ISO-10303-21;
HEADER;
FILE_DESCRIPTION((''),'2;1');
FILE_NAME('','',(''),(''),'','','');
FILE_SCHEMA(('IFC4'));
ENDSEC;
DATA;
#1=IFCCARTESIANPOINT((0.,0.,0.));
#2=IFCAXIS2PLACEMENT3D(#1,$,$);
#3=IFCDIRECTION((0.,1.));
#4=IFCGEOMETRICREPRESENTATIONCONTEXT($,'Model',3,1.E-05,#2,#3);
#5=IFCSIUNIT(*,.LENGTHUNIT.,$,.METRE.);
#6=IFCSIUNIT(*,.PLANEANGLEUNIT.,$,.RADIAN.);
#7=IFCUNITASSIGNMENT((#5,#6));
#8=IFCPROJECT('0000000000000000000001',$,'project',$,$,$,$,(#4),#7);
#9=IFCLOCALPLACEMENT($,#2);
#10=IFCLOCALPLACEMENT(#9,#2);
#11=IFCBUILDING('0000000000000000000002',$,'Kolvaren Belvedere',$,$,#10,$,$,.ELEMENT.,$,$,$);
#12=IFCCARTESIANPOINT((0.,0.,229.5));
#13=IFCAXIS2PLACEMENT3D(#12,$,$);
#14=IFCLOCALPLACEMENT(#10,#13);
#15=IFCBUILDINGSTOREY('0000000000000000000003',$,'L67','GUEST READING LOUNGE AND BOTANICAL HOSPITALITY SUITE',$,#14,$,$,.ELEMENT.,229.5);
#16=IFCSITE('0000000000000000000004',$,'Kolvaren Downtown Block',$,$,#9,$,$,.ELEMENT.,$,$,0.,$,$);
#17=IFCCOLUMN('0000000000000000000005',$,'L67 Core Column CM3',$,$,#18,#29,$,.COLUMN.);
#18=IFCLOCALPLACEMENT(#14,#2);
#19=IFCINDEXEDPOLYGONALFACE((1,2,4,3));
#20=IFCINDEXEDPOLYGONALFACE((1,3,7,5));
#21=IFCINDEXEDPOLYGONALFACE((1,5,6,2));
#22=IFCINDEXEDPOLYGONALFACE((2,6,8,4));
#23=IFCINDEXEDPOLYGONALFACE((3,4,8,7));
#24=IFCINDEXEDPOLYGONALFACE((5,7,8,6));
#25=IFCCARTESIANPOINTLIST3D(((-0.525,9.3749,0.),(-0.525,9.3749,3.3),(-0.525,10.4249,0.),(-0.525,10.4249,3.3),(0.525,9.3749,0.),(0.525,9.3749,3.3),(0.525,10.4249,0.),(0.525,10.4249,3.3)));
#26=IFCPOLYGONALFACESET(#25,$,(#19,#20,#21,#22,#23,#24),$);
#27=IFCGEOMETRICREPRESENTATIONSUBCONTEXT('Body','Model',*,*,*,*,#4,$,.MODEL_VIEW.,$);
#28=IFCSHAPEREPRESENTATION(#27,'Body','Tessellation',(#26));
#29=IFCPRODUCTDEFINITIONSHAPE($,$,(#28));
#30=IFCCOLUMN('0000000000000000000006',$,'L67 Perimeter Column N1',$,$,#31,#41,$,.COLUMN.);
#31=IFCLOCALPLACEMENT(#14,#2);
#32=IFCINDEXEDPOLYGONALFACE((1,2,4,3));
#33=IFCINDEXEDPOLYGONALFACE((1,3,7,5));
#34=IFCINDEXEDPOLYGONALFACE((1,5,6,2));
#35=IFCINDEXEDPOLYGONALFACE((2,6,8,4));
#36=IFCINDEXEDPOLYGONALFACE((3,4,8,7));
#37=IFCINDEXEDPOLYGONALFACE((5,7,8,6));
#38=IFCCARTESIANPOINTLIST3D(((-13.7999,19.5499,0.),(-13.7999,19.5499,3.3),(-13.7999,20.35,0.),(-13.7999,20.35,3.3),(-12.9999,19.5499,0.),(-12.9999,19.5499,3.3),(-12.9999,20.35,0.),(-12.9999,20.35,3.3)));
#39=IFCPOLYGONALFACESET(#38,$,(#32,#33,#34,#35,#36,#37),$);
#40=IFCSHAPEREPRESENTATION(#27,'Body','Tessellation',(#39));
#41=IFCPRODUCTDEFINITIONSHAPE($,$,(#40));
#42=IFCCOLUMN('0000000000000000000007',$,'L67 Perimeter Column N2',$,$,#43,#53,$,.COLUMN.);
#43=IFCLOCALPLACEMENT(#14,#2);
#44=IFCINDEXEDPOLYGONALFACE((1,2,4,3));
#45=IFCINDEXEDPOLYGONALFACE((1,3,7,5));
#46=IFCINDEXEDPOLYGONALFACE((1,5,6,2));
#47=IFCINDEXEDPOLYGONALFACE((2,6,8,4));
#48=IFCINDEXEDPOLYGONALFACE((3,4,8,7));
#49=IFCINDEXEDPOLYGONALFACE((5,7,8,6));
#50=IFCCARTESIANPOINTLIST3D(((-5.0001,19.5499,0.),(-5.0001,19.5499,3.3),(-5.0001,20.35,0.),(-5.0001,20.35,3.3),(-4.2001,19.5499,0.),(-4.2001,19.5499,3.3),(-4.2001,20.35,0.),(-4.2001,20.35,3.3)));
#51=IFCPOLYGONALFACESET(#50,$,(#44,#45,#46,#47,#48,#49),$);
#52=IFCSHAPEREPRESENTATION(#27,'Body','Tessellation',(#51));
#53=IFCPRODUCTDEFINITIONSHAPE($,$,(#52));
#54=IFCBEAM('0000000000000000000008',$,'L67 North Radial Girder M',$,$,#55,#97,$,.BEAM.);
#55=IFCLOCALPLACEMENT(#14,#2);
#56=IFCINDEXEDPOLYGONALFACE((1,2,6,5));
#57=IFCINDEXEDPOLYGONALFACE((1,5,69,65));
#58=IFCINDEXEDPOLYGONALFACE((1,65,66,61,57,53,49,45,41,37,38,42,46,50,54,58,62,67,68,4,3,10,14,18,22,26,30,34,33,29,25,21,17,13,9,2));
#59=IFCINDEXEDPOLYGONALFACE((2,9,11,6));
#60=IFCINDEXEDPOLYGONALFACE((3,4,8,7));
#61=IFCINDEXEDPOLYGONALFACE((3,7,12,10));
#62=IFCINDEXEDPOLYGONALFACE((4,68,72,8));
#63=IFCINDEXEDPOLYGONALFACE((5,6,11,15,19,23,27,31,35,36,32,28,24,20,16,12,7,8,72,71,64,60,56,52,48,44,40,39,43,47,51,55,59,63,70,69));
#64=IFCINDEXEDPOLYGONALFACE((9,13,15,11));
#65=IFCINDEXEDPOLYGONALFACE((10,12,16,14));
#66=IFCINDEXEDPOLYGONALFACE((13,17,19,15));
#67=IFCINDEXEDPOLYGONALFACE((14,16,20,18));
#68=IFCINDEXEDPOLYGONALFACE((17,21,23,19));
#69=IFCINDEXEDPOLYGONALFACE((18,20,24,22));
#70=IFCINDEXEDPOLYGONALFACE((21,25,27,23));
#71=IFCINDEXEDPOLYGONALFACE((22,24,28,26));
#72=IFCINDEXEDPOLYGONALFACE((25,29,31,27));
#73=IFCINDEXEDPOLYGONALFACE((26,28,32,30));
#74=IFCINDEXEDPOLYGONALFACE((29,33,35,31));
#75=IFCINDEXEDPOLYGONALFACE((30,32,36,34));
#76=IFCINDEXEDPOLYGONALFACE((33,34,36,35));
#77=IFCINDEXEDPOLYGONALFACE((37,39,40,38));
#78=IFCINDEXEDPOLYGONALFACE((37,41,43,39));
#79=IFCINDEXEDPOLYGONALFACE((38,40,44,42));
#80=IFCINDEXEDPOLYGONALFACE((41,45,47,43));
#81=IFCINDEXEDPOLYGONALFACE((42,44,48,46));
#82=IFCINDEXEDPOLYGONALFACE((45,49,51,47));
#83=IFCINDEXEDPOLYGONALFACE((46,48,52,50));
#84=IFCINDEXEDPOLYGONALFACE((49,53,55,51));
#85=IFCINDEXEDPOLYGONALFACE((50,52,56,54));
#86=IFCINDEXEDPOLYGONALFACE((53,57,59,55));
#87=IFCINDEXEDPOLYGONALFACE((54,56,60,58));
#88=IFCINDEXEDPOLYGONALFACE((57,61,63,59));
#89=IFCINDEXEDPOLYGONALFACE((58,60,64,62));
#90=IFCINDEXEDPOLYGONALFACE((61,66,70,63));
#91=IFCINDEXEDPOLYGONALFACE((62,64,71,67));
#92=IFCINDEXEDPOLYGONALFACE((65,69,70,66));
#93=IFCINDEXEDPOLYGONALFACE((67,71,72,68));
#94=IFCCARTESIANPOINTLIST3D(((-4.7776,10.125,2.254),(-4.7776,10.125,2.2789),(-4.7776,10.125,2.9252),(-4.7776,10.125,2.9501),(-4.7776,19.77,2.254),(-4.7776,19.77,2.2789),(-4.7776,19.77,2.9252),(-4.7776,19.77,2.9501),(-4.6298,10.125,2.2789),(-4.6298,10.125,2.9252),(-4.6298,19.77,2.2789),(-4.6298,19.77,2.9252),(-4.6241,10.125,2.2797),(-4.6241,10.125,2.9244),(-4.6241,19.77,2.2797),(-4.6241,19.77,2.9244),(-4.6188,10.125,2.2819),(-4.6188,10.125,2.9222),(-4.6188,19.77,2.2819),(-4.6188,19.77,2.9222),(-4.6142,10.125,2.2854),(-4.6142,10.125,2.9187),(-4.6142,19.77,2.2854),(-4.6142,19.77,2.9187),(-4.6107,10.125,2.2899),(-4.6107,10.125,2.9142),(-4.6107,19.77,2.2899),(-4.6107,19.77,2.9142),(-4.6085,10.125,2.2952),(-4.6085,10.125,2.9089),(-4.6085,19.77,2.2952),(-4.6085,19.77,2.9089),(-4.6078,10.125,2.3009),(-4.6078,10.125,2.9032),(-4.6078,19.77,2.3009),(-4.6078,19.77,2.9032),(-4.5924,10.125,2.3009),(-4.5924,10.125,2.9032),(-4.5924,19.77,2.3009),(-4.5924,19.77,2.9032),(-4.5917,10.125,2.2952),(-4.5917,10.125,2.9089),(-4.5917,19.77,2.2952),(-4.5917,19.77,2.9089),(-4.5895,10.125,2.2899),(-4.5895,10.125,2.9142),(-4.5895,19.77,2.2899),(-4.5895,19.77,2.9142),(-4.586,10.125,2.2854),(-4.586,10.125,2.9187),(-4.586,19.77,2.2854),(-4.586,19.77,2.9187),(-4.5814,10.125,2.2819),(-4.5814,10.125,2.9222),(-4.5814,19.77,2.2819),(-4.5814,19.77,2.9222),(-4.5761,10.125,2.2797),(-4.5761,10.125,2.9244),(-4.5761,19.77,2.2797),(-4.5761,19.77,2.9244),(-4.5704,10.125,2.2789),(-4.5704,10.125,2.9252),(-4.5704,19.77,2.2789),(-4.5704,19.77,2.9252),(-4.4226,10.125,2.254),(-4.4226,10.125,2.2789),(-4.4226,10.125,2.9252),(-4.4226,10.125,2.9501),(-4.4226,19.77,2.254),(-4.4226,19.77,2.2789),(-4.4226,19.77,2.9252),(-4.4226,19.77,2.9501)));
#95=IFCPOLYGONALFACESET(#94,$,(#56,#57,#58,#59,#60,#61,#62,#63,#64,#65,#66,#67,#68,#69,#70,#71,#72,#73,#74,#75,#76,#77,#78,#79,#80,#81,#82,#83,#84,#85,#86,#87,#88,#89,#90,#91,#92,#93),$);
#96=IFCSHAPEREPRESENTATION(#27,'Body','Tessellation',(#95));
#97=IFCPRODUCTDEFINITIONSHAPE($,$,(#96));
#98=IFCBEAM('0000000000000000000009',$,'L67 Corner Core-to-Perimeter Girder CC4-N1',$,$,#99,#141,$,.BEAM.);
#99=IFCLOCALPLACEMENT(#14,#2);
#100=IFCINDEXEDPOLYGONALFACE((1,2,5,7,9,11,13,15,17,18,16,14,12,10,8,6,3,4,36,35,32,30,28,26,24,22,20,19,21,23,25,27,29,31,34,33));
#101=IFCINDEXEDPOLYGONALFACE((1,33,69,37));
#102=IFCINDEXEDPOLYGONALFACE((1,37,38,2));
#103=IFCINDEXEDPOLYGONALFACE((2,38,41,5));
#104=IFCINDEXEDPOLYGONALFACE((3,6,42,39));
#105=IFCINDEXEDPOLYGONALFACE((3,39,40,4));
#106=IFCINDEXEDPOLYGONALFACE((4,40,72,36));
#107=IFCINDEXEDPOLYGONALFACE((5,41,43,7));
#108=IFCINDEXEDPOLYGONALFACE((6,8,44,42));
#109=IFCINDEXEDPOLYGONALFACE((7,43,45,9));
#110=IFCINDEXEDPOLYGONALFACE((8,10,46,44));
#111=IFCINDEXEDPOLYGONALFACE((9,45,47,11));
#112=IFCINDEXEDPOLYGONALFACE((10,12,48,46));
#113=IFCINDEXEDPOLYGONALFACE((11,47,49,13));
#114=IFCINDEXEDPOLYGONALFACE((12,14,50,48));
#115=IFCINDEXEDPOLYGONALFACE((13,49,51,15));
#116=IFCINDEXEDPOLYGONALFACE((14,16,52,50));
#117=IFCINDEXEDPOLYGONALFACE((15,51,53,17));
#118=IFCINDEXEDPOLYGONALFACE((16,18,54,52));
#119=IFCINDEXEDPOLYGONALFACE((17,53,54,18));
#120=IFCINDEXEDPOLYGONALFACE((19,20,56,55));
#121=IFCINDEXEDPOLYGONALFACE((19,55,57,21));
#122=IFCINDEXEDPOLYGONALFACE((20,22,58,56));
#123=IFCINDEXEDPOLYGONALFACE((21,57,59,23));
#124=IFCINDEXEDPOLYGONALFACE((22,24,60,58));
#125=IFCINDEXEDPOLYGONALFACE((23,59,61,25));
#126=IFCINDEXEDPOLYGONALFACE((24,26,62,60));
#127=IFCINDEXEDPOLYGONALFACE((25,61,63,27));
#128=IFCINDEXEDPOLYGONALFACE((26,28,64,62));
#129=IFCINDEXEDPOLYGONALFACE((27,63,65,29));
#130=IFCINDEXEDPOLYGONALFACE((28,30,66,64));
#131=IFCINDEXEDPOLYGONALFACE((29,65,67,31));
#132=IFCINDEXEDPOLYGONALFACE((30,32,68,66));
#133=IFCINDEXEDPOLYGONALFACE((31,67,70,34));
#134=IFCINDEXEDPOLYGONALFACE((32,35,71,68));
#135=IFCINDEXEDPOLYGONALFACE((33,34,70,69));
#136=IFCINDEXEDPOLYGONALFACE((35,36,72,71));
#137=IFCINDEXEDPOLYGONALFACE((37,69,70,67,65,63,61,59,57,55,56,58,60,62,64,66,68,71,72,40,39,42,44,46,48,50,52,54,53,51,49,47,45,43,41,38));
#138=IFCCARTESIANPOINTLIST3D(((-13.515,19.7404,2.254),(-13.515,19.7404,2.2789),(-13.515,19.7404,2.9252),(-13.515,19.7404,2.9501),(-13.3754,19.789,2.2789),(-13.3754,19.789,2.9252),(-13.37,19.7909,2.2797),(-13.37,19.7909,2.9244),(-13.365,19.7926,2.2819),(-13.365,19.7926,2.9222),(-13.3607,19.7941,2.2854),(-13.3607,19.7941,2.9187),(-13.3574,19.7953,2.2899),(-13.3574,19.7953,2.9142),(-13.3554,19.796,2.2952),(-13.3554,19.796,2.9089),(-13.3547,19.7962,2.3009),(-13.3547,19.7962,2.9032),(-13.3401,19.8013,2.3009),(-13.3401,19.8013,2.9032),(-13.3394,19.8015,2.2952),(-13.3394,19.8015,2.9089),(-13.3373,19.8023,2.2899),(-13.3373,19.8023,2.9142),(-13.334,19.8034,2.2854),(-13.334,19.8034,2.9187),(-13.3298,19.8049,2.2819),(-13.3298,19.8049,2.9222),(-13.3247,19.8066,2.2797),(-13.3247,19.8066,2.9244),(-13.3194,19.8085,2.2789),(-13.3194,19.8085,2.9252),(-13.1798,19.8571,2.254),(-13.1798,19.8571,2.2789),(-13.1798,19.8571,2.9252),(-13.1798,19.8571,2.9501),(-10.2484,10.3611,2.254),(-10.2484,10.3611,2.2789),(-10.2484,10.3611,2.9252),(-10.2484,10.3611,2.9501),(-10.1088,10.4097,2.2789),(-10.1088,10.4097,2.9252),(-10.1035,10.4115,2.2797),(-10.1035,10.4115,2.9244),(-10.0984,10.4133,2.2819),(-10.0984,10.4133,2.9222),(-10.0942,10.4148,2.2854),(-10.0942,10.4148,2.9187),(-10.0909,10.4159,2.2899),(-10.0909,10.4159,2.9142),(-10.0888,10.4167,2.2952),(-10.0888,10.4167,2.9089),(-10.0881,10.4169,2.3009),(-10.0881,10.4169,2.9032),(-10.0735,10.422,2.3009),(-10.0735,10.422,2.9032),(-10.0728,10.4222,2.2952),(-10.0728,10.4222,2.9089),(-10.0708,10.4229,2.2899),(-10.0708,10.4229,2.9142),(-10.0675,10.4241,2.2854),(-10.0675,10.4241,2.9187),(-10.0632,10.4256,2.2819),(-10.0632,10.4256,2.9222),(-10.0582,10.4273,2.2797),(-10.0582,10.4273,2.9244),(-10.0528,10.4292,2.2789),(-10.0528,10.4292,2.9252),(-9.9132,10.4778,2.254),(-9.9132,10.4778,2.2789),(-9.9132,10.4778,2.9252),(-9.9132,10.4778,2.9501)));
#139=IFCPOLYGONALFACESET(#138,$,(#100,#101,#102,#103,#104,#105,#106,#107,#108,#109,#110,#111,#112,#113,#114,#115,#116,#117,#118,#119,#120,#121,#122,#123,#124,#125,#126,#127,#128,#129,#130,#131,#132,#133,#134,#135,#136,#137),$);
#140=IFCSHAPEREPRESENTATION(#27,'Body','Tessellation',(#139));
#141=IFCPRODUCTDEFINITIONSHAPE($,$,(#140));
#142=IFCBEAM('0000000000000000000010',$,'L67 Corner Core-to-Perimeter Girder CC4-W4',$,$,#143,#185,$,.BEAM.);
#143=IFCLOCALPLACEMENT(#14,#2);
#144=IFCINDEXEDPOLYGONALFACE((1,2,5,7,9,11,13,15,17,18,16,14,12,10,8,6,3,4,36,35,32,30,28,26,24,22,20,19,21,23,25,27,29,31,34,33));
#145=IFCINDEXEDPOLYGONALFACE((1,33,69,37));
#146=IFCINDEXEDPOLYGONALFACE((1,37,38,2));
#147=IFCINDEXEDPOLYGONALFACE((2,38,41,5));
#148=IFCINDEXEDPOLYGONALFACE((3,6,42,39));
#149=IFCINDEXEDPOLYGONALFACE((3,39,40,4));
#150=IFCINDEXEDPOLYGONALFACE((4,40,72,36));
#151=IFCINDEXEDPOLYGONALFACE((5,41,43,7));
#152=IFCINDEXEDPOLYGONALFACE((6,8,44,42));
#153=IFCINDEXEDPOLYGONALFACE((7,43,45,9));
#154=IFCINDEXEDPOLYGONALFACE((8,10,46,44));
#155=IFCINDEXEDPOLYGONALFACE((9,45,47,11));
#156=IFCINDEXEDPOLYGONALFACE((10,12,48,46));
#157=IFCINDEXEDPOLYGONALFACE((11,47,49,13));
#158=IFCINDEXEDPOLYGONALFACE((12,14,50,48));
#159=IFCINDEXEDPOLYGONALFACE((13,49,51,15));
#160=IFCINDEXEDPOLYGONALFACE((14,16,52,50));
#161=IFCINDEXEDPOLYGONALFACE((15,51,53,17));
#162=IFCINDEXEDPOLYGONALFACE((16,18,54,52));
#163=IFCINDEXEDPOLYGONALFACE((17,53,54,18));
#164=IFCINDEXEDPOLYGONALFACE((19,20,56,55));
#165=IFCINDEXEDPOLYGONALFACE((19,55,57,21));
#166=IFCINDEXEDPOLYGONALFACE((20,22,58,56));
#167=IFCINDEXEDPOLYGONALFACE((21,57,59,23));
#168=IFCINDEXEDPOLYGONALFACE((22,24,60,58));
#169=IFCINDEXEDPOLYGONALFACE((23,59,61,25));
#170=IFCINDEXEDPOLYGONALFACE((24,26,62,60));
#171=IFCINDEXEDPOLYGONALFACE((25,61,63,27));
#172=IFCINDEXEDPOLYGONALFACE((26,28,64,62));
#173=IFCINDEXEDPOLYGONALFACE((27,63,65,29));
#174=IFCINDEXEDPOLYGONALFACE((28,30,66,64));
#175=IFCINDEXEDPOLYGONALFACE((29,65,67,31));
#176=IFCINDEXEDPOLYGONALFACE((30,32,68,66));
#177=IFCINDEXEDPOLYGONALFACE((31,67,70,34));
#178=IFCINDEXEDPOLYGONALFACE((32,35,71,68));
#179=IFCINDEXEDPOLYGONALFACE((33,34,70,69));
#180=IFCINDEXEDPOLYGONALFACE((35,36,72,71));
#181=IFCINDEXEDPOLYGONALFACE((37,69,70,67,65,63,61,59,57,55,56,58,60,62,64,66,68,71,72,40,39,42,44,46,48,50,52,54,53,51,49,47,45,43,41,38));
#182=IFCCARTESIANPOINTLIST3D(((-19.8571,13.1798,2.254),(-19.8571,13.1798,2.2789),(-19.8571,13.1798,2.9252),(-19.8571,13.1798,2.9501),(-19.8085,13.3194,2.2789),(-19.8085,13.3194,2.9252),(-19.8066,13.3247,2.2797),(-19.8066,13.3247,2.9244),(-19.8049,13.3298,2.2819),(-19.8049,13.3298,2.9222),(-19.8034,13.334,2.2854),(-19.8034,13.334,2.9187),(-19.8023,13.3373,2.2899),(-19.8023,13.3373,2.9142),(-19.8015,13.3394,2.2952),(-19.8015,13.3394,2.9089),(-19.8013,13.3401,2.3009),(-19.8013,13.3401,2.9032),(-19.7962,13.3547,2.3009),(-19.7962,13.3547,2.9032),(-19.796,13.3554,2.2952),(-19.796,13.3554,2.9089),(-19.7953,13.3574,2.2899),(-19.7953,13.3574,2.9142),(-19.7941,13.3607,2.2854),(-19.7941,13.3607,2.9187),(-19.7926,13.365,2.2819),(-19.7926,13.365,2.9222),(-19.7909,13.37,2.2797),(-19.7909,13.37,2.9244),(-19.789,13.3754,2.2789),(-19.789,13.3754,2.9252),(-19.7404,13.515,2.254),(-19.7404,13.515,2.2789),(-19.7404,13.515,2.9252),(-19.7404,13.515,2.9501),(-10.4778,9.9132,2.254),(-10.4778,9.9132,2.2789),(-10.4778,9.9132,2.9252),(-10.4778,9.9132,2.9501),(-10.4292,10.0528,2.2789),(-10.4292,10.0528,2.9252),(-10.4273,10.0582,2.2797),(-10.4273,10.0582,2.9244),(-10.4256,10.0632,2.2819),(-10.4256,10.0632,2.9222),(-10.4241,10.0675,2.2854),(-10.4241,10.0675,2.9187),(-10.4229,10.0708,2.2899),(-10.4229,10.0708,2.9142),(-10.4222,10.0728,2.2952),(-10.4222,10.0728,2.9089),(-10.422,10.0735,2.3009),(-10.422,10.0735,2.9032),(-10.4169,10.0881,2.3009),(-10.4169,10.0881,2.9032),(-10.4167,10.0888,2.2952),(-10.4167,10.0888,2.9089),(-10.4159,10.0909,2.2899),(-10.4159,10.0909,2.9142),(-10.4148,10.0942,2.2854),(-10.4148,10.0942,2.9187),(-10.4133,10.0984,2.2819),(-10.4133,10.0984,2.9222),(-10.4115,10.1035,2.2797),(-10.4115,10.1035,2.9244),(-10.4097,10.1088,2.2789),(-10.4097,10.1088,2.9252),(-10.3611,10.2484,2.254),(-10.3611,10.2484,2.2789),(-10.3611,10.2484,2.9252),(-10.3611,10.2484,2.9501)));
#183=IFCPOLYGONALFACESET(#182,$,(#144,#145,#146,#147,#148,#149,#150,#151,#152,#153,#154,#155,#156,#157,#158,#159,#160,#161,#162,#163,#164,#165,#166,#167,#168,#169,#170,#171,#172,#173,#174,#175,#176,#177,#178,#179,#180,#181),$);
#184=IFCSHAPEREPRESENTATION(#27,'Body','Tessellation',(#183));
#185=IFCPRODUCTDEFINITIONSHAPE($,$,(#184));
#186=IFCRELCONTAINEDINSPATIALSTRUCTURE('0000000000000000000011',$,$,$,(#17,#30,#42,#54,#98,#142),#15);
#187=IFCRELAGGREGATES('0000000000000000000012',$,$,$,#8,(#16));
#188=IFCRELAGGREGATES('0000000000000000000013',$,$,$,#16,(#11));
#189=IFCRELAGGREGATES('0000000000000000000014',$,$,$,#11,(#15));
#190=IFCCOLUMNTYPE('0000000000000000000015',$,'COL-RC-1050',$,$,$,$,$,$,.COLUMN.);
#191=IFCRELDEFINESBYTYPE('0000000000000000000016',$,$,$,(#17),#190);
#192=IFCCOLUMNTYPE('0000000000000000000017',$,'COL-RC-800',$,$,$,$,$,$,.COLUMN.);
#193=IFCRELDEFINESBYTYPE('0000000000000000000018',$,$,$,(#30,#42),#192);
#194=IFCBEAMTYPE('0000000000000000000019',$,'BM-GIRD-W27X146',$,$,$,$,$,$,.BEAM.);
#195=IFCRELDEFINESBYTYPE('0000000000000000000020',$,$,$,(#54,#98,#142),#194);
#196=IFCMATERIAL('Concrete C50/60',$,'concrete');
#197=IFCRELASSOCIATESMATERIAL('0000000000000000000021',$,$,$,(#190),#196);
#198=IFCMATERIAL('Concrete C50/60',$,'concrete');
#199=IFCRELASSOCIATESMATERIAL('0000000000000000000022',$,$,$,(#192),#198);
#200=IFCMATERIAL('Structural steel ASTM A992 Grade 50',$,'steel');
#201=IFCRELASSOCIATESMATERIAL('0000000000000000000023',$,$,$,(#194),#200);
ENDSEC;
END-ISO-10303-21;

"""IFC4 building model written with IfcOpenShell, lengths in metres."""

from ifc_helpers import new_model, si_unit, direction, frame, origin, origin_2d, place, context, subcontext, project, spatial, rectangle, i_section, extrude, material, material_profile, profile_set, type_object, element, save


model = new_model("IFC4")

# Units and contexts
model_context = context("Model", 3, precision=1e-05, world=origin(), true_north=direction((0.0, 1.0)))
body_context = subcontext(model_context, "Body", "Model", "MODEL_VIEW")
ifc_project = project(units=[si_unit("LENGTHUNIT", "METRE"), si_unit("PLANEANGLEUNIT", "RADIAN")], contexts=[model_context])

# Site, building, storey
site_placement = place(None, origin())
site = spatial("IfcSite", under=ifc_project, at=site_placement, Name="Kolvaren Downtown Block", CompositionType="ELEMENT", RefElevation=0.0)
building_placement = place(site_placement, origin())
building = spatial("IfcBuilding", under=site, at=building_placement, Name="Kolvaren Belvedere", CompositionType="ELEMENT")
storey_placement = place(building_placement, frame((0.0, 0.0, 229.5)))
storey = spatial("IfcBuildingStorey", under=building, at=storey_placement, Name="L67", Description="GUEST READING LOUNGE AND BOTANICAL HOSPITALITY SUITE", CompositionType="ELEMENT", Elevation=229.5)

# Columns
ifc_material_1 = material(Name="Concrete C50/60", Category="concrete")
ifc_material_profile_1 = material_profile(ifc_material_1, rectangle(XDim=1.05, YDim=1.05, at=origin_2d()), Name="RC 1050X1050")
ifc_profile_set_1 = profile_set([ifc_material_profile_1], Name="Concrete C50/60")
column_type_1 = type_object("IfcColumnType", Name="COL-RC-1050", PredefinedType="COLUMN", material=ifc_profile_set_1)
column_placement = place(storey_placement, frame((0.0, 9.8999, 0.0), z_axis=(0.0, 0.0, 1.0), x_axis=(1.0, 0.0, 0.0)))
element("IfcColumn", 1, at=column_placement, inside=storey, type_object=column_type_1, Name="L67 Core Column CM3", PredefinedType="COLUMN", context=body_context, shape_type="SweptSolid", body=[
    extrude(rectangle(XDim=1.05, YDim=1.05, at=origin_2d()), origin(), (0.0, 0.0, 1.0), 3.3),
])
ifc_material_2 = material(Name="Concrete C50/60", Category="concrete")
ifc_material_profile_2 = material_profile(ifc_material_2, rectangle(XDim=0.8, YDim=0.8, at=origin_2d()), Name="RC 800X800")
ifc_profile_set_2 = profile_set([ifc_material_profile_2], Name="Concrete C50/60")
column_type_2 = type_object("IfcColumnType", Name="COL-RC-800", PredefinedType="COLUMN", material=ifc_profile_set_2)
for number, where, z_axis, x_axis, name in (
    (2, (-13.3999, 19.95, 0.0), (0.0, 0.0, 1.0), (1.0, 0.0, 0.0), "L67 Perimeter Column N1"),
    (3, (-4.6001, 19.95, 0.0), (0.0, 0.0, 1.0), (1.0, 0.0, 0.0), "L67 Perimeter Column N2"),
):
    element("IfcColumn", number, at=place(storey_placement, frame(where, z_axis=z_axis, x_axis=x_axis)), inside=storey, type_object=column_type_2, Name=name, PredefinedType="COLUMN", context=body_context, shape_type="SweptSolid", body=[
        extrude(rectangle(XDim=0.8, YDim=0.8, at=origin_2d()), origin(), (0.0, 0.0, 1.0), 3.3),
    ])

# Beams
ifc_material_3 = material(Name="Structural steel ASTM A992 Grade 50", Category="steel")
ifc_material_profile_3 = material_profile(ifc_material_3, i_section(OverallWidth=0.355, OverallDepth=0.696, WebThickness=0.0154, FlangeThickness=0.0249, FilletRadius=0.022, at=origin_2d()), Name="W27X146")
ifc_profile_set_3 = profile_set([ifc_material_profile_3], Name="Structural steel ASTM A992 Grade 50")
beam_type_1 = type_object("IfcBeamType", Name="BM-GIRD-W27X146", PredefinedType="BEAM", material=ifc_profile_set_3)
beam_1_placement = place(storey_placement, frame((-4.6001, 10.125, 2.6021), z_axis=(0.0, 1.0, 0.0), x_axis=(-1.0, 0.0, 0.0)))
element("IfcBeam", 4, at=beam_1_placement, inside=storey, type_object=beam_type_1, Name="L67 North Radial Girder M", PredefinedType="BEAM", context=body_context, shape_type="SweptSolid", body=[
    extrude(i_section(OverallWidth=0.355, OverallDepth=0.696, WebThickness=0.0154, FlangeThickness=0.0249, FilletRadius=0.022, at=origin_2d()), origin(), (0.0, 0.0, 1.0), 9.645),
])
for number, where, z_axis, x_axis, name in (
    (5, (-10.0808, 10.4194, 2.6021), (-0.328898, 0.944365, 0.0), (-0.944365, -0.328898, 0.0), "L67 Corner Core-to-Perimeter Girder CC4-N1"),
    (6, (-10.4194, 10.0808, 2.6021), (-0.944365, 0.328898, 0.0), (-0.328898, -0.944365, 0.0), "L67 Corner Core-to-Perimeter Girder CC4-W4"),
):
    element("IfcBeam", number, at=place(storey_placement, frame(where, z_axis=z_axis, x_axis=x_axis)), inside=storey, type_object=beam_type_1, Name=name, PredefinedType="BEAM", context=body_context, shape_type="SweptSolid", body=[
        extrude(i_section(OverallWidth=0.355, OverallDepth=0.696, WebThickness=0.0154, FlangeThickness=0.0249, FilletRadius=0.022, at=origin_2d()), origin(), (0.0, 0.0, 1.0), 9.9319),
    ])

save(model, "model.ifc")
